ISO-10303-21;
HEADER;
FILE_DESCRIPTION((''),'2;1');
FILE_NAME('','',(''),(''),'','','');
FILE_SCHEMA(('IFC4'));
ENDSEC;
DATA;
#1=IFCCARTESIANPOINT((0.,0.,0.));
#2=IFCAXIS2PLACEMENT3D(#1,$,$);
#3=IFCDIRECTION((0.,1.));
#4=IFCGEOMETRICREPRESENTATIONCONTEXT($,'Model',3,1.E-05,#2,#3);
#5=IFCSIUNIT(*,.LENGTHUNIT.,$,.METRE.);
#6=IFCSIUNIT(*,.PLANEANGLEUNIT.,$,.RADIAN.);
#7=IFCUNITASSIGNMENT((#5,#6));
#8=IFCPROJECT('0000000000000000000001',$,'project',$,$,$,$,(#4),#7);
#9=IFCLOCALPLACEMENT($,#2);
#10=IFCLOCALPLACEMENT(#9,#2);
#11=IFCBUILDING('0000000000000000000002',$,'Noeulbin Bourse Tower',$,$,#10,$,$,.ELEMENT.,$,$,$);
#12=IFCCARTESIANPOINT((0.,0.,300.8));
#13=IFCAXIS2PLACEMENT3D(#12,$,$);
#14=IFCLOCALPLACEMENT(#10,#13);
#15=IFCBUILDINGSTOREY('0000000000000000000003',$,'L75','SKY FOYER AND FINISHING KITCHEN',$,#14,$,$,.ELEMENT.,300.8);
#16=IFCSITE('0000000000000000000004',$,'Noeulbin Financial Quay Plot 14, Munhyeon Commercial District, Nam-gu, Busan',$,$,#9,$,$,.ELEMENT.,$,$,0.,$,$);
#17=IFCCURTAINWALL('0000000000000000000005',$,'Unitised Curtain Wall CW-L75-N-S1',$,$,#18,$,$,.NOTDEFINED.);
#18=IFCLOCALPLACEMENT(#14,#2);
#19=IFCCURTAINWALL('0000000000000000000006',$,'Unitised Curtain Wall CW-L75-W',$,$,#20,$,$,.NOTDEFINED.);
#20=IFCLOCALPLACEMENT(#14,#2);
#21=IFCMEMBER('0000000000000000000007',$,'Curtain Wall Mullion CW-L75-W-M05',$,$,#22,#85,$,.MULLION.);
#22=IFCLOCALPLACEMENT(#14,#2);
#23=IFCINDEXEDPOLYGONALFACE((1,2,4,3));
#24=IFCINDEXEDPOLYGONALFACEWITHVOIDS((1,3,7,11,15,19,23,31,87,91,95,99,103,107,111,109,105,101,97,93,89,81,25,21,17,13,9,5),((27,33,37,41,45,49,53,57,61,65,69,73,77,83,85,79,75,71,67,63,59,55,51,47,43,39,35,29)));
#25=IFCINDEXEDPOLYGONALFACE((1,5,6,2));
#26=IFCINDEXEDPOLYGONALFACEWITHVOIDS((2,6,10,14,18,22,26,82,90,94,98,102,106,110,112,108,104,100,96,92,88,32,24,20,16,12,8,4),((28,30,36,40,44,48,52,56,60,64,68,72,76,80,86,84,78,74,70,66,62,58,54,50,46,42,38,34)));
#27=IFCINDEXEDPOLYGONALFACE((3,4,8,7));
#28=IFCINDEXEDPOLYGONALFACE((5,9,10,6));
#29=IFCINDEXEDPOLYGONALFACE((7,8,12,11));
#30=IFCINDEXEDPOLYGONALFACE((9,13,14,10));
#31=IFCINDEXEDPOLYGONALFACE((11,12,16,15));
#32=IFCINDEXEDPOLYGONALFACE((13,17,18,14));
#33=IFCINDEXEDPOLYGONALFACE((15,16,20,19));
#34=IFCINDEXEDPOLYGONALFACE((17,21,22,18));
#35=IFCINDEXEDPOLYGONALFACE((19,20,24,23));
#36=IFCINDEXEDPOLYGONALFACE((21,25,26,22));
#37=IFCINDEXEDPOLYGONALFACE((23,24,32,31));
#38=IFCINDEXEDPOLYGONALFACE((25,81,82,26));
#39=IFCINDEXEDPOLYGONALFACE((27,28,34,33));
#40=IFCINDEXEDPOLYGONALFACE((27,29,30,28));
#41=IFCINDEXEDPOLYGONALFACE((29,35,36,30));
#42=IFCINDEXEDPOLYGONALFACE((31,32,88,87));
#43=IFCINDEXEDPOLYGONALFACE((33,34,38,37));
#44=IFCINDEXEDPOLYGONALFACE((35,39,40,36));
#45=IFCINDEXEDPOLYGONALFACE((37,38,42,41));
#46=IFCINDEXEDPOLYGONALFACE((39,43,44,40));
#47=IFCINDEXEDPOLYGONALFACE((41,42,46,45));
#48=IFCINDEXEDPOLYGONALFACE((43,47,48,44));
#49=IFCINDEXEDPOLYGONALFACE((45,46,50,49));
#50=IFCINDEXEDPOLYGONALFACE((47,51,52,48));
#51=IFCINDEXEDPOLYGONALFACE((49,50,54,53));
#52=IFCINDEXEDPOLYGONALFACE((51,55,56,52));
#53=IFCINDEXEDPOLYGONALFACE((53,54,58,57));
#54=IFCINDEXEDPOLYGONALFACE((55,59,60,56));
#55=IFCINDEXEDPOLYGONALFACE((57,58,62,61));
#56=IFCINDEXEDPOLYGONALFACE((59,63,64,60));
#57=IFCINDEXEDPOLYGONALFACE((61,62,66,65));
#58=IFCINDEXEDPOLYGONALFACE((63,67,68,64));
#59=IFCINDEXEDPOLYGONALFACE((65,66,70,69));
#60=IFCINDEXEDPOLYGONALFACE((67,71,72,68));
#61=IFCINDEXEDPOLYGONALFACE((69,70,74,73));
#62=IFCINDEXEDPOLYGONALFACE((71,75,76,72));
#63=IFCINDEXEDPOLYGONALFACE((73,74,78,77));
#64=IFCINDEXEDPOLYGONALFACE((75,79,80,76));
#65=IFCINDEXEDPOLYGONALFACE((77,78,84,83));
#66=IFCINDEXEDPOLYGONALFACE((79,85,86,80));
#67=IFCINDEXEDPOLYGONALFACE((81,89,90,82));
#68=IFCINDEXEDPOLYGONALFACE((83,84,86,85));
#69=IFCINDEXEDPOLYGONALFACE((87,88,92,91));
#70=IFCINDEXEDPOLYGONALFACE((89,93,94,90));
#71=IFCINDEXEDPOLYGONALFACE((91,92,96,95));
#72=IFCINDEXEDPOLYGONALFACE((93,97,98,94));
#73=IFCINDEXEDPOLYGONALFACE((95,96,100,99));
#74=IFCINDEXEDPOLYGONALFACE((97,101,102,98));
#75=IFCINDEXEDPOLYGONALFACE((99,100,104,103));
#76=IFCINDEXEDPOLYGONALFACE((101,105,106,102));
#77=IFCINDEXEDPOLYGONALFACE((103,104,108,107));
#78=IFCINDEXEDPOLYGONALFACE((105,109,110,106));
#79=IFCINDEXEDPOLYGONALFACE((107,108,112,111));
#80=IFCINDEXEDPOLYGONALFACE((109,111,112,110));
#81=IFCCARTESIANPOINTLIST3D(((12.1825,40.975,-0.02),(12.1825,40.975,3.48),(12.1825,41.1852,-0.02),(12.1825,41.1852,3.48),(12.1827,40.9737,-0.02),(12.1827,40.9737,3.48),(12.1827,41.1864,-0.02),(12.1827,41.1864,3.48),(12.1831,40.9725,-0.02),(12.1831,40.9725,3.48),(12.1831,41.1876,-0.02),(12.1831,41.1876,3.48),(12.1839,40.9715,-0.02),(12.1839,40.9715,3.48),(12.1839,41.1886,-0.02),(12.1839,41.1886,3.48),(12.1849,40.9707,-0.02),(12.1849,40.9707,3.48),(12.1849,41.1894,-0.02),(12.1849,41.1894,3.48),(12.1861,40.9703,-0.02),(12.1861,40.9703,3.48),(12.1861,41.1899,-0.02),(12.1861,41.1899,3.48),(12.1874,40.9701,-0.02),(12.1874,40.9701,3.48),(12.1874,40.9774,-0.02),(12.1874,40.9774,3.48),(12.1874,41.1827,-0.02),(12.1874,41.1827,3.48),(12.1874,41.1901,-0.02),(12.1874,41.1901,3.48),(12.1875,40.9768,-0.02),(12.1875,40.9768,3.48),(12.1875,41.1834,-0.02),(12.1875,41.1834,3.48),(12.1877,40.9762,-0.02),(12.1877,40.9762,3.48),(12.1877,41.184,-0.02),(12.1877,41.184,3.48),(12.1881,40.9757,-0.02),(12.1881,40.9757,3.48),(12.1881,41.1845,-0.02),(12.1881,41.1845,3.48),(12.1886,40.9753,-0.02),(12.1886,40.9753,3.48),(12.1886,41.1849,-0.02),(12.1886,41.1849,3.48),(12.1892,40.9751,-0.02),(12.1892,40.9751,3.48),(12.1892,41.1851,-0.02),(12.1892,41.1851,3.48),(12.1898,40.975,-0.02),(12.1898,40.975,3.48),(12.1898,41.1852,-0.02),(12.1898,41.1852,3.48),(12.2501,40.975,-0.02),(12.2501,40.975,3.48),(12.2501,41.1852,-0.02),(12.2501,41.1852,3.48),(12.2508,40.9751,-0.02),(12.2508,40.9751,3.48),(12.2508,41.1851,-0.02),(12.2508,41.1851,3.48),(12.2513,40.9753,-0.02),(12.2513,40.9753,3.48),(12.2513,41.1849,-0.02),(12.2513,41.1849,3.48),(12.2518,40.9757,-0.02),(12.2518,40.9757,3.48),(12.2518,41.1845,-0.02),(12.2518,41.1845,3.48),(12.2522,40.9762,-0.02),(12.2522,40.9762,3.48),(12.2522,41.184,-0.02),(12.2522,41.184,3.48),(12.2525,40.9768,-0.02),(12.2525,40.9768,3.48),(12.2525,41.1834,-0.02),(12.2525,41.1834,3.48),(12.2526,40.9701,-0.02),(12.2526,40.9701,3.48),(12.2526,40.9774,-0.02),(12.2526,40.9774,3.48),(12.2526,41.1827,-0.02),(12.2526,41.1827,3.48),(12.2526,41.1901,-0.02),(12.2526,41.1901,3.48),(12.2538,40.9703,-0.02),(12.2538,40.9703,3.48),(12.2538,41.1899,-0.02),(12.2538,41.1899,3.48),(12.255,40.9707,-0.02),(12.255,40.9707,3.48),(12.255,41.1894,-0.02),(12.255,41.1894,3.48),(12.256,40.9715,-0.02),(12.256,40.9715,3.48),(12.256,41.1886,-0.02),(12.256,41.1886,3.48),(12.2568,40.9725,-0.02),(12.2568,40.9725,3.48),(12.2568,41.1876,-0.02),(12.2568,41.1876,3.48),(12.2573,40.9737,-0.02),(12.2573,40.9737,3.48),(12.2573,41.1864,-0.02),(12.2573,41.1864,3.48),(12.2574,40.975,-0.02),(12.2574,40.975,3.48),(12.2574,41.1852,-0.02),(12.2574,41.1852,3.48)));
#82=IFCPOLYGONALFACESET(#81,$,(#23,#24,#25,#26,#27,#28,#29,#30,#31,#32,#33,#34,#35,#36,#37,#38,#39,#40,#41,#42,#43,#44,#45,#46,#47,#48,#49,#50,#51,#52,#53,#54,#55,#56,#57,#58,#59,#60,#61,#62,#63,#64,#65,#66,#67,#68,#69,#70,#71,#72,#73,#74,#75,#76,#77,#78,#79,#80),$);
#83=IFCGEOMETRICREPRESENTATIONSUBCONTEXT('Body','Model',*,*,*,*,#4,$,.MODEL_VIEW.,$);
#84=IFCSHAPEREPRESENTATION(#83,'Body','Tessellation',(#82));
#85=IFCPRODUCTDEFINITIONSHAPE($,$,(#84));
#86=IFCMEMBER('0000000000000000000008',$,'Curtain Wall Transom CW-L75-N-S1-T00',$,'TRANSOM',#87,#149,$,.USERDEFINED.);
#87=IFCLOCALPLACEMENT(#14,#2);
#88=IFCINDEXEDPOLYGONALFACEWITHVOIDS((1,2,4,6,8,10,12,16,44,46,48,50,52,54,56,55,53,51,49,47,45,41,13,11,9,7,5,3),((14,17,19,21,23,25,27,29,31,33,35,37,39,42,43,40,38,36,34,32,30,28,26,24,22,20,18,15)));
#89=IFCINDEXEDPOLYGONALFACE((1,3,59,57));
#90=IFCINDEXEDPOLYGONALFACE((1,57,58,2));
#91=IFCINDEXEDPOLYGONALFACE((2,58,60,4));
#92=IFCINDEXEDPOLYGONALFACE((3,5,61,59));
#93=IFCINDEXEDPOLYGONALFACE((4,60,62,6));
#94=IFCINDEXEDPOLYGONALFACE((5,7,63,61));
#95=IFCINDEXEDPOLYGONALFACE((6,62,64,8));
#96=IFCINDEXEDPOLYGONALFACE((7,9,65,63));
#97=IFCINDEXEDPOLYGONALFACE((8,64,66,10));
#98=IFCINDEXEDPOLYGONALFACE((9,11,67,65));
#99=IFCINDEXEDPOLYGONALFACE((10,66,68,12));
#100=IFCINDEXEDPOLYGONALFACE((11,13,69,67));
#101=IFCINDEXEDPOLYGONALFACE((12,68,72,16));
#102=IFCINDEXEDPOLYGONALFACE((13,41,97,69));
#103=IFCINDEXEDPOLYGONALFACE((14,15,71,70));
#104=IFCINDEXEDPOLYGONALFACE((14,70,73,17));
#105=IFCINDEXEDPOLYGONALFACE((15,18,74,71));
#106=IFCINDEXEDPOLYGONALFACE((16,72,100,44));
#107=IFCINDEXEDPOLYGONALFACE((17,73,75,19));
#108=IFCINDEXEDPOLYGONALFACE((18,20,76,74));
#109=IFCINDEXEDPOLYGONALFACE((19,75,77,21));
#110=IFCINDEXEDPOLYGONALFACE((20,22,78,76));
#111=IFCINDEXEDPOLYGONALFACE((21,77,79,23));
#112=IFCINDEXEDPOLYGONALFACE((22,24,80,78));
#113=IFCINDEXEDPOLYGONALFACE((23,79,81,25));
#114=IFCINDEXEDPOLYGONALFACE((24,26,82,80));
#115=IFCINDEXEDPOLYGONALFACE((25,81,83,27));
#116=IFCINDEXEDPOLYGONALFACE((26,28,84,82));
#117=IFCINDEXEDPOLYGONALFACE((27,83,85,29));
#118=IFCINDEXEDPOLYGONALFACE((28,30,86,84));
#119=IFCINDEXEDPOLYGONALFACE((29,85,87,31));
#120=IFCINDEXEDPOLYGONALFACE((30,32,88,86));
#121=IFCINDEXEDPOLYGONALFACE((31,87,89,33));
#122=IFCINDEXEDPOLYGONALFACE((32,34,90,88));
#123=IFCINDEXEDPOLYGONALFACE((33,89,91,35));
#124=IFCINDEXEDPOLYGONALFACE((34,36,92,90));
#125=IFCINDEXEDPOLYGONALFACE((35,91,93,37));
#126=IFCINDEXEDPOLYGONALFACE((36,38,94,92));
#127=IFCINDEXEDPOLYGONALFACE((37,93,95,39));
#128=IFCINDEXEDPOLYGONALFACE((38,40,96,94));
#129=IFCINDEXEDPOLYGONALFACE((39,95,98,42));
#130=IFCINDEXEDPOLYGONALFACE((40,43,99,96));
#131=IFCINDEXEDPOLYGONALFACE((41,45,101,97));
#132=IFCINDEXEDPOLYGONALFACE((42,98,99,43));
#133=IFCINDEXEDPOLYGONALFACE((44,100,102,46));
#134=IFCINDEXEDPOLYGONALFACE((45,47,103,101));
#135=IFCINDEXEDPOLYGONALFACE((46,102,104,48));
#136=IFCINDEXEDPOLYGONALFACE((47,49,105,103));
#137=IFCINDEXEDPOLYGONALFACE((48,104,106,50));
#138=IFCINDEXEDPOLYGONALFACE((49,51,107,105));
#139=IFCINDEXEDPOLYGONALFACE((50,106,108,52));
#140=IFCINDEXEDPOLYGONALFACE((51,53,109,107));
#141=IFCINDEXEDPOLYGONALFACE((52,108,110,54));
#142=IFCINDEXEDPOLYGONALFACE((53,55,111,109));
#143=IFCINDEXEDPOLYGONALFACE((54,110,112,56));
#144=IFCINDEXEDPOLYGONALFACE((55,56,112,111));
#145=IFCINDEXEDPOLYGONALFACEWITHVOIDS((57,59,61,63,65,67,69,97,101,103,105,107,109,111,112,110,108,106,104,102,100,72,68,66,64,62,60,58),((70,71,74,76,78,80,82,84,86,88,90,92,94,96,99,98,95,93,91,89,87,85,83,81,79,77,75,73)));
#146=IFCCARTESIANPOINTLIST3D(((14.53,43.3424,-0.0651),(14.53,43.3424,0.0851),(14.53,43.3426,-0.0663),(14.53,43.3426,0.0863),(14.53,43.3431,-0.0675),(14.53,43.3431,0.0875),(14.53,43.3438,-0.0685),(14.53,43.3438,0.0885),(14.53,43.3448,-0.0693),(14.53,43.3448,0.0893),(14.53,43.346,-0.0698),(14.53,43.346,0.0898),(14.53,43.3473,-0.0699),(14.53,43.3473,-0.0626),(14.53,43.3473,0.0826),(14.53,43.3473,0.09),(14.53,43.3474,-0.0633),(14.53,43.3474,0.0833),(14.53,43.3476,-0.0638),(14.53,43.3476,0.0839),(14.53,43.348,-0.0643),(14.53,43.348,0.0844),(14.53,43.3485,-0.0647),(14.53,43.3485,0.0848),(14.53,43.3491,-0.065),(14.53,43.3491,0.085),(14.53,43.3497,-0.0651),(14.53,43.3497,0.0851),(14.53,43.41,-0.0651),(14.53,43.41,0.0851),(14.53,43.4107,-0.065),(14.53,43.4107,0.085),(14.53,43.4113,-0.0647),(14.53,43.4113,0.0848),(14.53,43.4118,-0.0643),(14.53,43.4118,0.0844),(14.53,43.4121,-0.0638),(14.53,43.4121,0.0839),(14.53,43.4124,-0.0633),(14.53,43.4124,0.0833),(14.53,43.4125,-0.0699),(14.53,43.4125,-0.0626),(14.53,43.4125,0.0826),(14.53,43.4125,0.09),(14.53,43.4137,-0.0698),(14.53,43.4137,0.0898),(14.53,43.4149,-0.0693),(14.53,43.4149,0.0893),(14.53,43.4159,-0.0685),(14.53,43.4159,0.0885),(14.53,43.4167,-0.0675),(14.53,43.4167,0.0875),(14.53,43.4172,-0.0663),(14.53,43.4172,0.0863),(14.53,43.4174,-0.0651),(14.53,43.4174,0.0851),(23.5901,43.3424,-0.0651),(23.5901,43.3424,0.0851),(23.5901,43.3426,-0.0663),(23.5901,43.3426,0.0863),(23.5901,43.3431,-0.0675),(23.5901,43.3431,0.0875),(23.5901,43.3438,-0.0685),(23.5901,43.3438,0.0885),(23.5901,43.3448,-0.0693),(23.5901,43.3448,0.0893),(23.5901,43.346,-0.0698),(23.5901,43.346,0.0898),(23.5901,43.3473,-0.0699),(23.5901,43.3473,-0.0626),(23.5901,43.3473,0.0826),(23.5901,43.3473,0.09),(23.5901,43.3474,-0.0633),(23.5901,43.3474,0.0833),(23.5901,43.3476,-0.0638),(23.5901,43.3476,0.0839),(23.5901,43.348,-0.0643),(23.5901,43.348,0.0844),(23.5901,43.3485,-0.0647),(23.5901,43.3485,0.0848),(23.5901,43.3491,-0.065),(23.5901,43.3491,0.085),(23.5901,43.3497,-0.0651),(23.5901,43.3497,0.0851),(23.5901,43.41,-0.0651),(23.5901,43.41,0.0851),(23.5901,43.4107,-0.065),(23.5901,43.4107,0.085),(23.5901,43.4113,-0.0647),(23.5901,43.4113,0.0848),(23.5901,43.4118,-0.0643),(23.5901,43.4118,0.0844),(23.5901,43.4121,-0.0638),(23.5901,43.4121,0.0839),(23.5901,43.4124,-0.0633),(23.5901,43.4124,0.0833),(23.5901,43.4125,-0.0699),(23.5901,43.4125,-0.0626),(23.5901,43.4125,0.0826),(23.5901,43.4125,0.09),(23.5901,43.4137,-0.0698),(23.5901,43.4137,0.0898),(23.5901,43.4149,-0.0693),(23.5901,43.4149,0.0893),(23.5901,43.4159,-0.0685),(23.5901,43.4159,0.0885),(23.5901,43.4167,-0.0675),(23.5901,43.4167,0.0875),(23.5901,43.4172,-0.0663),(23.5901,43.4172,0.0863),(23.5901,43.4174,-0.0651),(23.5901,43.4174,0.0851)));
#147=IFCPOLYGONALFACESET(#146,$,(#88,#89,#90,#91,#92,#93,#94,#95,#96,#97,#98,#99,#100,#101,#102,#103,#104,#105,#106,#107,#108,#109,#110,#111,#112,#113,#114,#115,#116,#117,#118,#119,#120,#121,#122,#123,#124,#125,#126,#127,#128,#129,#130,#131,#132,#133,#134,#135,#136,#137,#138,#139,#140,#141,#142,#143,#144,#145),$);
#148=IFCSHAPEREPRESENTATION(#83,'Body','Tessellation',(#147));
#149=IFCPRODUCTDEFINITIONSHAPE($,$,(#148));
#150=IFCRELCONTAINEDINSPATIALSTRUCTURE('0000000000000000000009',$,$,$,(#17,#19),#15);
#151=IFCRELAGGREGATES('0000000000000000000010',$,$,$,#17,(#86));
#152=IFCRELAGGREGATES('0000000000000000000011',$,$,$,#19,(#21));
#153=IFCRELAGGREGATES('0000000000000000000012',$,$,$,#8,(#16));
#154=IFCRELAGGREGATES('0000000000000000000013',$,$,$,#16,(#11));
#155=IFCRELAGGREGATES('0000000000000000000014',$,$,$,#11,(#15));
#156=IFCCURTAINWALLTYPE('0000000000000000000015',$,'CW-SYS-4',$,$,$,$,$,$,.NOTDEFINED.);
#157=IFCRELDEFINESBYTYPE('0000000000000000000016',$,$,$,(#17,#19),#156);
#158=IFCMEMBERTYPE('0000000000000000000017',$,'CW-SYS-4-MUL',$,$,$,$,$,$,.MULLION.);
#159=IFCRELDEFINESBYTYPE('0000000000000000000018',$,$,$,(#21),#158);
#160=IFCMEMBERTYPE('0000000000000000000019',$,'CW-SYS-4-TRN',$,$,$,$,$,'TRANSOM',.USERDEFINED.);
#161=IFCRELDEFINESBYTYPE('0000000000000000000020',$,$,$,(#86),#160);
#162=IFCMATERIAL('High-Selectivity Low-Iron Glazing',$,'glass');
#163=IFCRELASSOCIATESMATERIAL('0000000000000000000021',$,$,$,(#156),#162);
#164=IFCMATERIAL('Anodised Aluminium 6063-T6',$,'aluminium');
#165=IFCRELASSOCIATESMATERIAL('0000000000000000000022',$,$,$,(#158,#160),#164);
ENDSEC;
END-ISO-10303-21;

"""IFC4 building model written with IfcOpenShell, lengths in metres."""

from ifc_helpers import new_model, si_unit, direction, frame, origin, origin_2d, place, context, subcontext, project, spatial, hollow_rectangle, extrude, material, material_profile, profile_set, type_object, element, aggregate, save


model = new_model("IFC4")

# Units and contexts
model_context = context("Model", 3, precision=1e-05, world=origin(), true_north=direction((0.0, 1.0)))
body_context = subcontext(model_context, "Body", "Model", "MODEL_VIEW")
ifc_project = project(units=[si_unit("LENGTHUNIT", "METRE"), si_unit("PLANEANGLEUNIT", "RADIAN")], contexts=[model_context])

# Site, building, storey
site_placement = place(None, origin())
site = spatial("IfcSite", under=ifc_project, at=site_placement, Name="Noeulbin Financial Quay Plot 14, Munhyeon Commercial District, Nam-gu, Busan", CompositionType="ELEMENT", RefElevation=0.0)
building_placement = place(site_placement, origin())
building = spatial("IfcBuilding", under=site, at=building_placement, Name="Noeulbin Bourse Tower", CompositionType="ELEMENT")
storey_placement = place(building_placement, frame((0.0, 0.0, 300.8)))
storey = spatial("IfcBuildingStorey", under=building, at=storey_placement, Name="L75", Description="SKY FOYER AND FINISHING KITCHEN", CompositionType="ELEMENT", Elevation=300.8)

# Curtain wall
ifc_material_1 = material(Name="High-Selectivity Low-Iron Glazing", Category="glass")
curtain_wall_type = type_object("IfcCurtainWallType", Name="CW-SYS-4", PredefinedType="NOTDEFINED", material=ifc_material_1)
curtain_wall_1_placement = place(storey_placement, origin())
curtain_wall_1 = element("IfcCurtainWall", 1, at=curtain_wall_1_placement, inside=storey, type_object=curtain_wall_type, Name="Unitised Curtain Wall CW-L75-N-S1", PredefinedType="NOTDEFINED")
ifc_material_2 = material(Name="Anodised Aluminium 6063-T6", Category="aluminium")
ifc_material_profile_1 = material_profile(ifc_material_2, hollow_rectangle(XDim=0.075, YDim=0.22, WallThickness=0.0049, InnerFilletRadius=0.0024, OuterFilletRadius=0.0049, at=origin_2d()), Name="ALU-MULL-75x220x5", Category="LoadBearing")
ifc_profile_set_1 = profile_set([ifc_material_profile_1], Name="Anodised Aluminium 6063-T6")
member_type_1 = type_object("IfcMemberType", Name="CW-SYS-4-MUL", PredefinedType="MULLION", material=ifc_profile_set_1)

# Curtain wall, member
curtain_wall_2_placement = place(storey_placement, origin())
curtain_wall_2 = element("IfcCurtainWall", 2, at=curtain_wall_2_placement, inside=storey, type_object=curtain_wall_type, Name="Unitised Curtain Wall CW-L75-W", PredefinedType="NOTDEFINED")
member_1_placement = place(storey_placement, frame((12.22, 41.0801, -0.02), z_axis=(0.0, 0.0, 1.0), x_axis=(1.0, 0.0, 0.0)))
member_1 = element("IfcMember", 3, at=member_1_placement, type_object=member_type_1, Name="Curtain Wall Mullion CW-L75-W-M05", PredefinedType="MULLION", context=body_context, shape_type="SweptSolid", body=[
    extrude(hollow_rectangle(XDim=0.075, YDim=0.22, WallThickness=0.0049, InnerFilletRadius=0.0024, OuterFilletRadius=0.0049, at=origin_2d()), origin(), (0.0, 0.0, 1.0), 3.5),
])

# Member
ifc_material_profile_2 = material_profile(ifc_material_2, hollow_rectangle(XDim=0.075, YDim=0.1599, WallThickness=0.0049, InnerFilletRadius=0.0024, OuterFilletRadius=0.0049, at=origin_2d()), Name="ALU-TRAN-75x160x5", Category="LoadBearing")
ifc_profile_set_2 = profile_set([ifc_material_profile_2], Name="Anodised Aluminium 6063-T6")
member_type_2 = type_object("IfcMemberType", Name="CW-SYS-4-TRN", ElementType="TRANSOM", PredefinedType="USERDEFINED", material=ifc_profile_set_2)
member_2_placement = place(storey_placement, frame((14.53, 43.3799, 0.01), z_axis=(1.0, 0.0, 0.0), x_axis=(0.0, 1.0, 0.0)))
member_2 = element("IfcMember", 4, at=member_2_placement, type_object=member_type_2, Name="Curtain Wall Transom CW-L75-N-S1-T00", ObjectType="TRANSOM", PredefinedType="USERDEFINED", context=body_context, shape_type="SweptSolid", body=[
    extrude(hollow_rectangle(XDim=0.075, YDim=0.1599, WallThickness=0.0049, InnerFilletRadius=0.0024, OuterFilletRadius=0.0049, at=origin_2d()), origin(), (0.0, 0.0, 1.0), 9.0601),
])

aggregate(curtain_wall_1, [member_2])
aggregate(curtain_wall_2, [member_1])

save(model, "model.ifc")
